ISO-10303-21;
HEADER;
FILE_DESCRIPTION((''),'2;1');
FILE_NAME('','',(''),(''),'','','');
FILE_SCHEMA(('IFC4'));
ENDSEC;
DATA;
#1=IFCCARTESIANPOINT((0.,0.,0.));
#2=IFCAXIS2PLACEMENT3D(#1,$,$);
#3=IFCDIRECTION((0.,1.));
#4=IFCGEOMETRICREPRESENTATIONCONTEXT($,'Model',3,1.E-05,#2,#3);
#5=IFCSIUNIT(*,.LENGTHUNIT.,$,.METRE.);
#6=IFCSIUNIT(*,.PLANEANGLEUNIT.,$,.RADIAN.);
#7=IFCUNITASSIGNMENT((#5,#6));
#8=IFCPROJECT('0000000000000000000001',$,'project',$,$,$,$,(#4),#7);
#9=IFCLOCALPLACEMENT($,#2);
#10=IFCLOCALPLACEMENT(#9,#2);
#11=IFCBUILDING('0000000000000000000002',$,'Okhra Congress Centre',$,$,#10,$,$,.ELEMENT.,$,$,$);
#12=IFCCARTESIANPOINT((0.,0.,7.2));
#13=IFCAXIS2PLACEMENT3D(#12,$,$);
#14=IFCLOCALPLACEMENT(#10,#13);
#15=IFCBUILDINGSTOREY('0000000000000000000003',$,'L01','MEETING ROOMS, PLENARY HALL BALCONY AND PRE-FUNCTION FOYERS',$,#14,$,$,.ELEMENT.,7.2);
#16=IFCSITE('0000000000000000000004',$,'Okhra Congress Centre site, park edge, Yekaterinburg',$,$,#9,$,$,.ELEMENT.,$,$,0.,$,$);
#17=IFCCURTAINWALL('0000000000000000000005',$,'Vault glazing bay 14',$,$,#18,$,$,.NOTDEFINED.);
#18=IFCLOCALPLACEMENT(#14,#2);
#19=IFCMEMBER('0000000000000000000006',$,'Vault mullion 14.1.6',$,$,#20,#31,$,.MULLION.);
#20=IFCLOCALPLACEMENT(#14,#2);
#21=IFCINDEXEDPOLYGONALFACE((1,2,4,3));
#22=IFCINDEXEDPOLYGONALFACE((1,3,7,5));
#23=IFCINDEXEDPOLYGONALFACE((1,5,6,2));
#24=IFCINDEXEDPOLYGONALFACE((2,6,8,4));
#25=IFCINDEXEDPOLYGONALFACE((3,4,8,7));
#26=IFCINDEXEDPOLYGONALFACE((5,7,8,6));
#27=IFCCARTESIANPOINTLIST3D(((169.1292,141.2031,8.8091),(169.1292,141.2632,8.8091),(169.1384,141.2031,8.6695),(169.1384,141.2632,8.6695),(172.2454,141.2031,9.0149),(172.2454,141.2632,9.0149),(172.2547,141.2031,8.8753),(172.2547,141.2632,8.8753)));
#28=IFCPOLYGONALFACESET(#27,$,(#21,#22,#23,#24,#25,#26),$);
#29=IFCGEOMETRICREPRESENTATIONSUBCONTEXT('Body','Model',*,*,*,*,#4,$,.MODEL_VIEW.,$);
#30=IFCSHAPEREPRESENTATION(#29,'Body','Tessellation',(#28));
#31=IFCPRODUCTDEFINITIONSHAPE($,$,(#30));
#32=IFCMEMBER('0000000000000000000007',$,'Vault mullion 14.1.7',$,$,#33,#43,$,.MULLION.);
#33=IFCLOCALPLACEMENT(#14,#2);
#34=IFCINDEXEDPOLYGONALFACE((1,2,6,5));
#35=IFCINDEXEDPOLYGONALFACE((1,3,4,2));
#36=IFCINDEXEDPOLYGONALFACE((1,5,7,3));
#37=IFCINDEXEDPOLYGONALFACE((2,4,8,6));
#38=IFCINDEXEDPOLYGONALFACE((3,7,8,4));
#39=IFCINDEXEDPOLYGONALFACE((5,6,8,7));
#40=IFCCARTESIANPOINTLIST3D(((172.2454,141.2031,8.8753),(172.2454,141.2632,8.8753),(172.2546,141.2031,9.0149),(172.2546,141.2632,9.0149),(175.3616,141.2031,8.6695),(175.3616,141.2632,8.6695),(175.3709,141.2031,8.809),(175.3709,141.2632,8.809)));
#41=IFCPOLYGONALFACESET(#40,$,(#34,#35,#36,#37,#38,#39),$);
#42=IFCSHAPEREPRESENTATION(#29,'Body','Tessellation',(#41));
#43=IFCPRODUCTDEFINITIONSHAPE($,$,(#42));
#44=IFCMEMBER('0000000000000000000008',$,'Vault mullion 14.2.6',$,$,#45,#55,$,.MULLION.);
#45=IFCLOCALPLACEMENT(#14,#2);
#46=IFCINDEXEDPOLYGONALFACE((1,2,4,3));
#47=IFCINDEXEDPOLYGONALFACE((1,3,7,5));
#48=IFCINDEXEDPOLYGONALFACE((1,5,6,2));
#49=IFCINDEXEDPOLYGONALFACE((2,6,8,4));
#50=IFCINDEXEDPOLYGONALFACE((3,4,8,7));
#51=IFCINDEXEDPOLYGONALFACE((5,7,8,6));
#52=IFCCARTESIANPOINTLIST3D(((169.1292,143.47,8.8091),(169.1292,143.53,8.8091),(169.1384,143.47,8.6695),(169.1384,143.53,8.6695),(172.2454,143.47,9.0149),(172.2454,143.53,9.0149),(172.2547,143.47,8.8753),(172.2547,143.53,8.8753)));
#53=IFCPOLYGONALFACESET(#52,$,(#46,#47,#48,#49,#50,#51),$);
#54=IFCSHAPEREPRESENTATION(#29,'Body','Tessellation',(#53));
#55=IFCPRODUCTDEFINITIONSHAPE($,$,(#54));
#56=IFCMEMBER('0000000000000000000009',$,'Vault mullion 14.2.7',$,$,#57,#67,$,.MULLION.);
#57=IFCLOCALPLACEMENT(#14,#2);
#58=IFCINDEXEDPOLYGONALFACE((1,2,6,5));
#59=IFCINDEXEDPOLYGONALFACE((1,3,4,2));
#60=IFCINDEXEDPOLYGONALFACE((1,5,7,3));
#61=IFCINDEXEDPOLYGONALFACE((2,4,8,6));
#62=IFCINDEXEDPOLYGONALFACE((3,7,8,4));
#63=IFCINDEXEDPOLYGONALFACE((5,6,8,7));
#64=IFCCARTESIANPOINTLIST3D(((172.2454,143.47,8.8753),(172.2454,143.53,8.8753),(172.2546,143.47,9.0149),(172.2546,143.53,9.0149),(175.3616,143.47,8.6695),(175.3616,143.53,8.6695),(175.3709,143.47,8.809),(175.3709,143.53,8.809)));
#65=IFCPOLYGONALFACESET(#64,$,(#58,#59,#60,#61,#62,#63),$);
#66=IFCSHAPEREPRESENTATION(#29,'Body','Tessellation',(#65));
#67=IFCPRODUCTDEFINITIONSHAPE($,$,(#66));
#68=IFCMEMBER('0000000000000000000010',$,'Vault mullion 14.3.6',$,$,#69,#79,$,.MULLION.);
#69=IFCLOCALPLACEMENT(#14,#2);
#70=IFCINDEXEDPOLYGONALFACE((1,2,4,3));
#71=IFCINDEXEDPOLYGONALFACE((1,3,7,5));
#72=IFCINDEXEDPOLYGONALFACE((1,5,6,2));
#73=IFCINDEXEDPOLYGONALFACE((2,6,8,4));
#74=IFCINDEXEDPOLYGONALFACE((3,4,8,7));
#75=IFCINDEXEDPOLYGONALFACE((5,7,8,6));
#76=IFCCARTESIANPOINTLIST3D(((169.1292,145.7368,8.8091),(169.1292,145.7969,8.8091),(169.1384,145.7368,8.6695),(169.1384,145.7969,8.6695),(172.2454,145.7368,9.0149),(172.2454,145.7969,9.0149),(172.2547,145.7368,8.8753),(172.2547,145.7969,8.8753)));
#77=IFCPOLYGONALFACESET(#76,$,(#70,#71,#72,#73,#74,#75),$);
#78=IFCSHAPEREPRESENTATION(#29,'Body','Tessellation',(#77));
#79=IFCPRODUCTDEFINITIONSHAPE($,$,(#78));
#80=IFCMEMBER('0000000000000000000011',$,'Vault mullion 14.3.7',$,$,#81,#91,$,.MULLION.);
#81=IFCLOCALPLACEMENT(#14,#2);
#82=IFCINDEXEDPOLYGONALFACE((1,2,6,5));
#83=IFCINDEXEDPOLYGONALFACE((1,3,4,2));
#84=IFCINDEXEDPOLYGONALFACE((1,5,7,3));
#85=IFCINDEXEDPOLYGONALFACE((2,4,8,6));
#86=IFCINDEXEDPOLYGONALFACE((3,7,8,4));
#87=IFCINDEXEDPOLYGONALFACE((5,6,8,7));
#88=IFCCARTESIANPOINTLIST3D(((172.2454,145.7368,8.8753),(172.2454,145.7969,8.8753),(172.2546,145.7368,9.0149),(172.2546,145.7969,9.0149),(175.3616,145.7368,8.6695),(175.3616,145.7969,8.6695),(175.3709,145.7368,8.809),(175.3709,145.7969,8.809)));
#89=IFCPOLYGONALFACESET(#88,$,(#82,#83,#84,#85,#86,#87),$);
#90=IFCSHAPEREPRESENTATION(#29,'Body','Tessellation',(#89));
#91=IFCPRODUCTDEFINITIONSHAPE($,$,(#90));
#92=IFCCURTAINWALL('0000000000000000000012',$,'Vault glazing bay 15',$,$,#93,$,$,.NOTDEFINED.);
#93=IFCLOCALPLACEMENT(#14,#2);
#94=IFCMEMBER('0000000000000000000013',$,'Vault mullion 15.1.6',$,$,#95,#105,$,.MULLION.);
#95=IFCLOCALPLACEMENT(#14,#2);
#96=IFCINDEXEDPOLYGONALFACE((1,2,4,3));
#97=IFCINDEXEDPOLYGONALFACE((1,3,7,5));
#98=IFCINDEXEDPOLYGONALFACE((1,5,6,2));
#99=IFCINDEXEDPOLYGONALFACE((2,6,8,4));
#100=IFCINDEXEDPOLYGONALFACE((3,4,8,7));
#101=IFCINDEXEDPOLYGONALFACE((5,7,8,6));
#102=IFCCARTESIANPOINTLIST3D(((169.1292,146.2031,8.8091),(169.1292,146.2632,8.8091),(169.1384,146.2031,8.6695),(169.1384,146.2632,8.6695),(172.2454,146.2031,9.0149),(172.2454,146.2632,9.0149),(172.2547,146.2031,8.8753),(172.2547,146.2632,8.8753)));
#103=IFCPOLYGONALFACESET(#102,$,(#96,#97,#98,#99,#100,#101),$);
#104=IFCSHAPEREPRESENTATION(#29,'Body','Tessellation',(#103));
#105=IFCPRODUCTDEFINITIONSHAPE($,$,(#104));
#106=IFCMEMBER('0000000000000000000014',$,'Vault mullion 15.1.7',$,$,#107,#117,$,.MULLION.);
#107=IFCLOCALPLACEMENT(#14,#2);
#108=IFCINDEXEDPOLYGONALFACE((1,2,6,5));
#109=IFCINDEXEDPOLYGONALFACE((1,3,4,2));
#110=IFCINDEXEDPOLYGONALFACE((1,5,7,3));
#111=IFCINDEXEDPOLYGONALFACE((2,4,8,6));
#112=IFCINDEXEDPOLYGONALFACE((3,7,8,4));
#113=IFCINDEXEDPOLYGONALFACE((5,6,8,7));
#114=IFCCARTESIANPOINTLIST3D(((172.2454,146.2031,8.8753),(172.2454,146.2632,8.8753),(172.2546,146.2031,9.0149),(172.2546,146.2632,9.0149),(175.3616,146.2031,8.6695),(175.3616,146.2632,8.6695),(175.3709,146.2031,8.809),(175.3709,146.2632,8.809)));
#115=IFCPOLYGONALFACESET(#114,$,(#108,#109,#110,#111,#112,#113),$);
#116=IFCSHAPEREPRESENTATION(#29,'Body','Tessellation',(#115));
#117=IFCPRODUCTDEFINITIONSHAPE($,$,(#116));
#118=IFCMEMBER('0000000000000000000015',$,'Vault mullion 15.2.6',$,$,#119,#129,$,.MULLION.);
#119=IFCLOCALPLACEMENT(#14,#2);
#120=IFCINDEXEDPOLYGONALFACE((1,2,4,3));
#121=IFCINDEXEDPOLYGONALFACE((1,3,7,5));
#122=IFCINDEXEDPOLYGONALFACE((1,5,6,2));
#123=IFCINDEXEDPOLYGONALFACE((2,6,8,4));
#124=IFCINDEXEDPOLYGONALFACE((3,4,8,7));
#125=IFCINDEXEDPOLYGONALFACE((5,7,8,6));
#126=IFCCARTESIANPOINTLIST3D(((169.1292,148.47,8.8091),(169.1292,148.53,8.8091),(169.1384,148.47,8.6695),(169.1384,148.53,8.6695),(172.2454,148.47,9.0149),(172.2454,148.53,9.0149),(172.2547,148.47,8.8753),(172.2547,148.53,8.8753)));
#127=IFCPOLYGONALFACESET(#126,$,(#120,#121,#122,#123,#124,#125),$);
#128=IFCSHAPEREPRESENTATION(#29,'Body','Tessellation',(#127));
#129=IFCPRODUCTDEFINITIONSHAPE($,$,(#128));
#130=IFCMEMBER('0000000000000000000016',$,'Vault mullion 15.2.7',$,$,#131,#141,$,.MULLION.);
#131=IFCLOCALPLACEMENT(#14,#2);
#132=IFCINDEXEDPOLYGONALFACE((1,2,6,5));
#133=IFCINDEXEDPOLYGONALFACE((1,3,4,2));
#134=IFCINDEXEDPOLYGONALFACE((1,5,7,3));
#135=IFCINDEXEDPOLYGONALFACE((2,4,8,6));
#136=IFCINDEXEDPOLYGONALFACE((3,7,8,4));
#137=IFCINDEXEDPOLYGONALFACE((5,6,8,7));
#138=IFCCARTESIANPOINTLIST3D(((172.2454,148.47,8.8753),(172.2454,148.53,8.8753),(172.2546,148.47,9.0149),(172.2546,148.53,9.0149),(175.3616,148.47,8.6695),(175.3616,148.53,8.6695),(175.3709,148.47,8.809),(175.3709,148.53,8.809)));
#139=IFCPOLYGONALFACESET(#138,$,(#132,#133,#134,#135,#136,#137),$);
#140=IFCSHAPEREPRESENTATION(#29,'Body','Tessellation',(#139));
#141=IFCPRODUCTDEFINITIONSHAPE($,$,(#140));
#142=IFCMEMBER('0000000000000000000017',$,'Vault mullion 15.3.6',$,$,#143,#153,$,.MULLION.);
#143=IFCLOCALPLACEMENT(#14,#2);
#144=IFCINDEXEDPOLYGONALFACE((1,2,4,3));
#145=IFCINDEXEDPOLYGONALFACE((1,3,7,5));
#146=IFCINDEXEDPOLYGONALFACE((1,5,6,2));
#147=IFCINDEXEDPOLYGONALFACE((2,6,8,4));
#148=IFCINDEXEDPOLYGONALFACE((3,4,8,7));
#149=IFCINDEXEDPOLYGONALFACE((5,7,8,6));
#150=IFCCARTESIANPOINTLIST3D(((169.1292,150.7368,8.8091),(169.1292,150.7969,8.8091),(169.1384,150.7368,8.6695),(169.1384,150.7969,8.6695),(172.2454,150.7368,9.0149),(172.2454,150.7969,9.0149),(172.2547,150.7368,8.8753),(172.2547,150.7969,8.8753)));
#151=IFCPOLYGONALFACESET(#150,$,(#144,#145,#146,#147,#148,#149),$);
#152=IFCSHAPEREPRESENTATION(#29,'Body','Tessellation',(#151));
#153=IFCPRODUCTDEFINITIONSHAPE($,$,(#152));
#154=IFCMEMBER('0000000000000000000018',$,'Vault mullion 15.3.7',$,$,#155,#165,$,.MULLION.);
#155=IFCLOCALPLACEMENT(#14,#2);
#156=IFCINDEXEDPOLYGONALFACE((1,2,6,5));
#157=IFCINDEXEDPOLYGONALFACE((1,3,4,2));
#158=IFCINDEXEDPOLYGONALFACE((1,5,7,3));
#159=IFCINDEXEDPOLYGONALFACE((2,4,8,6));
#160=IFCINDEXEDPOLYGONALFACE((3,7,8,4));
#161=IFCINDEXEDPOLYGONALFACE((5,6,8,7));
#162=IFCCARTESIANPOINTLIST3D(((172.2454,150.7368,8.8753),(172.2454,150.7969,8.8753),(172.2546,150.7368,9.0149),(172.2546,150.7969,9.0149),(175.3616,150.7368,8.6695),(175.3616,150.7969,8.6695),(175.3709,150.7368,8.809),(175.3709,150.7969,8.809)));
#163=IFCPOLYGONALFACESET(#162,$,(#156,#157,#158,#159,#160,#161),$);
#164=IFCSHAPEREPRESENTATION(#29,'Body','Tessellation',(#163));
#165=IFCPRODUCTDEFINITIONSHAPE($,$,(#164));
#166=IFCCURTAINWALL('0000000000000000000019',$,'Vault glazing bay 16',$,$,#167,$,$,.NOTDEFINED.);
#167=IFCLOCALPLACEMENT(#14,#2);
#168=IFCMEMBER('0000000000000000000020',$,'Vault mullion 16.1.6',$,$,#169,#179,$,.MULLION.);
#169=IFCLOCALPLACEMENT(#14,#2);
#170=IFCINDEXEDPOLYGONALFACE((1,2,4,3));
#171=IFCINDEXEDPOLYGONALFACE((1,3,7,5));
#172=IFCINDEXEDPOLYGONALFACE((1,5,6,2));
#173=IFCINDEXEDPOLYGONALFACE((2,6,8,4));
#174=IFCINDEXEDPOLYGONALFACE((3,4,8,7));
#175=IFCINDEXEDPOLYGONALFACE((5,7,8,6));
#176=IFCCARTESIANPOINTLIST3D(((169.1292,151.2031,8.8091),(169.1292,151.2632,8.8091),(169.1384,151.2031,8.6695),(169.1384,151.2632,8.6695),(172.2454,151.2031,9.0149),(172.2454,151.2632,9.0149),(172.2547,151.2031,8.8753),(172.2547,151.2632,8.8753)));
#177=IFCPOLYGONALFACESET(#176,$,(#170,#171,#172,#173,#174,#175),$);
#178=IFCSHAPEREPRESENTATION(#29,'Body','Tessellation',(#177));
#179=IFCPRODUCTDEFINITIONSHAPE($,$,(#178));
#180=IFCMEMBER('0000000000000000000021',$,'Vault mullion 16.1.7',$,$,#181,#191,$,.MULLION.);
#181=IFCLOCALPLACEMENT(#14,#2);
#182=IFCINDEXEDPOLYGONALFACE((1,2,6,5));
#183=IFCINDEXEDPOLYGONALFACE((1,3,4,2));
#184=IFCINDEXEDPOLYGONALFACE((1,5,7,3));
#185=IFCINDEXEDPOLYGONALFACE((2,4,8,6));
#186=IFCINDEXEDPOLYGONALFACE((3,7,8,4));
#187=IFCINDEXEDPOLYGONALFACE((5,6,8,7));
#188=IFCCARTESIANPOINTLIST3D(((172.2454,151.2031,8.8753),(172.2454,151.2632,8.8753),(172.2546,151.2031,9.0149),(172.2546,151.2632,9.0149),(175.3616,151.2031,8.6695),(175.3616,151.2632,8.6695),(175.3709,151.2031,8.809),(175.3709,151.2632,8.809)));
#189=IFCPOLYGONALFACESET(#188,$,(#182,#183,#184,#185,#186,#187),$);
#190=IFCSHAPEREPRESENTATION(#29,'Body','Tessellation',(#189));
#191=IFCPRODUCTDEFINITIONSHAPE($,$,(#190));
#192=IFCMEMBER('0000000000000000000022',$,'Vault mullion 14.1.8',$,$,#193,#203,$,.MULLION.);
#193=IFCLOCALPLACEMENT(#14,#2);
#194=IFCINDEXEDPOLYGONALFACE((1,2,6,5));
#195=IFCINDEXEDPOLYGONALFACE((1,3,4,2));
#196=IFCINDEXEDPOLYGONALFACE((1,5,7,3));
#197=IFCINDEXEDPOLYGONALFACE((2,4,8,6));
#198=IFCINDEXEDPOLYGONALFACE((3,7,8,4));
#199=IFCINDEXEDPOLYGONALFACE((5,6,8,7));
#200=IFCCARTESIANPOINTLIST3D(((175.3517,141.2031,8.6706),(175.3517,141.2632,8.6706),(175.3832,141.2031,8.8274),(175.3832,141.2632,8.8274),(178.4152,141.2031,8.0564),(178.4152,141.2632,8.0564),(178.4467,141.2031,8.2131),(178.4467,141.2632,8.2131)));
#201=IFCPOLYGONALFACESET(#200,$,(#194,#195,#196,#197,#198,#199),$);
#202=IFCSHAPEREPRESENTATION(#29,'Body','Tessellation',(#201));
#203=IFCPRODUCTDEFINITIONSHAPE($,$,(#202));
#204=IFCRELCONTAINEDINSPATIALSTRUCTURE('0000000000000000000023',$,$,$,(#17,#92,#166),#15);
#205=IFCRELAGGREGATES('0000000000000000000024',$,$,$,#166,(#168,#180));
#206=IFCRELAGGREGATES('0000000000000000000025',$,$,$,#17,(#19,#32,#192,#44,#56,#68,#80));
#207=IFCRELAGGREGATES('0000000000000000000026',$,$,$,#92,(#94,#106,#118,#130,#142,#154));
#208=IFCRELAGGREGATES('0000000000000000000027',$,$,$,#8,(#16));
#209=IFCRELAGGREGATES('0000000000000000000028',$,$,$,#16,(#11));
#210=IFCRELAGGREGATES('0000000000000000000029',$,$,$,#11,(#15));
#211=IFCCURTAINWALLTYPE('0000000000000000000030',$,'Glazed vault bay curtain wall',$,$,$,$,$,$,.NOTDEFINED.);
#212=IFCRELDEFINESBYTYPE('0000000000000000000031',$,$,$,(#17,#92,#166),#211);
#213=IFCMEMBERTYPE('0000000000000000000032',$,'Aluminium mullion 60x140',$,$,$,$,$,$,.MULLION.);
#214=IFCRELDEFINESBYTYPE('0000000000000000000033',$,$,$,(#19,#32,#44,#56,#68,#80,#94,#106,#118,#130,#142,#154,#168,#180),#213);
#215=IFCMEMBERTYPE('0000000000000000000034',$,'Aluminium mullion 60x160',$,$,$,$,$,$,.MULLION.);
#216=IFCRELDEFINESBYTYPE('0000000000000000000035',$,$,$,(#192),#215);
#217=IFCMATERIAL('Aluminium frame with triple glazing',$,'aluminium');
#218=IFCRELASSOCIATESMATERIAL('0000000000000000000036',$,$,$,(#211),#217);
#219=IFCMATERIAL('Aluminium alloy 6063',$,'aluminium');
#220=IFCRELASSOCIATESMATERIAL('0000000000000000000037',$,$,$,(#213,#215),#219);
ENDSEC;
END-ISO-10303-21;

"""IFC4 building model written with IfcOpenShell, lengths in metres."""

from ifc_helpers import new_model, si_unit, direction, frame, origin, origin_2d, place, context, subcontext, project, spatial, rectangle, extrude, material, material_profile, profile_set, type_object, element, aggregate, save


model = new_model("IFC4")

# Units and contexts
model_context = context("Model", 3, precision=1e-05, world=origin(), true_north=direction((0.0, 1.0)))
body_context = subcontext(model_context, "Body", "Model", "MODEL_VIEW")
ifc_project = project(units=[si_unit("LENGTHUNIT", "METRE"), si_unit("PLANEANGLEUNIT", "RADIAN")], contexts=[model_context])

# Site, building, storey
site_placement = place(None, origin())
site = spatial("IfcSite", under=ifc_project, at=site_placement, Name="Okhra Congress Centre site, park edge, Yekaterinburg", CompositionType="ELEMENT", RefElevation=0.0)
building_placement = place(site_placement, origin())
building = spatial("IfcBuilding", under=site, at=building_placement, Name="Okhra Congress Centre", CompositionType="ELEMENT")
storey_placement = place(building_placement, frame((0.0, 0.0, 7.2)))
storey = spatial("IfcBuildingStorey", under=building, at=storey_placement, Name="L01", Description="MEETING ROOMS, PLENARY HALL BALCONY AND PRE-FUNCTION FOYERS", CompositionType="ELEMENT", Elevation=7.2)

# Curtain walls, members
ifc_material_1 = material(Name="Aluminium frame with triple glazing", Category="aluminium")
curtain_wall_type = type_object("IfcCurtainWallType", Name="Glazed vault bay curtain wall", PredefinedType="NOTDEFINED", material=ifc_material_1)
curtain_wall_1_placement = place(storey_placement, origin())
curtain_wall_1 = element("IfcCurtainWall", 1, at=curtain_wall_1_placement, inside=storey, type_object=curtain_wall_type, Name="Vault glazing bay 14", PredefinedType="NOTDEFINED")
ifc_material_2 = material(Name="Aluminium alloy 6063", Category="aluminium")
ifc_material_profile_1 = material_profile(ifc_material_2, rectangle(XDim=0.0601, YDim=0.1399, at=origin_2d()), Name="AL 60x140")
ifc_profile_set_1 = profile_set([ifc_material_profile_1], Name="Aluminium alloy 6063")
member_type_1 = type_object("IfcMemberType", Name="Aluminium mullion 60x140", PredefinedType="MULLION", material=ifc_profile_set_1)
member_1_placement = place(storey_placement, frame((169.1338, 141.2332, 8.7393), z_axis=(0.997826, 0.0, 0.065902), x_axis=(0.0, 1.0, 0.0)))
member_1 = element("IfcMember", 2, at=member_1_placement, type_object=member_type_1, Name="Vault mullion 14.1.6", PredefinedType="MULLION", context=body_context, shape_type="SweptSolid", body=[
    extrude(rectangle(XDim=0.0601, YDim=0.1399, at=origin_2d()), origin(), (0.0, 0.0, 1.0), 3.123),
])
member_2_placement = place(storey_placement, frame((172.25, 141.2332, 8.9451), z_axis=(0.997826, 0.0, -0.065902), x_axis=(0.0, 1.0, 0.0)))
member_2 = element("IfcMember", 3, at=member_2_placement, type_object=member_type_1, Name="Vault mullion 14.1.7", PredefinedType="MULLION", context=body_context, shape_type="SweptSolid", body=[
    extrude(rectangle(XDim=0.0601, YDim=0.1399, at=origin_2d()), origin(), (0.0, 0.0, 1.0), 3.123),
])
member_3_placement = place(storey_placement, frame((169.1338, 143.5, 8.7393), z_axis=(0.997826, 0.0, 0.065902), x_axis=(0.0, 1.0, 0.0)))
member_3 = element("IfcMember", 4, at=member_3_placement, type_object=member_type_1, Name="Vault mullion 14.2.6", PredefinedType="MULLION", context=body_context, shape_type="SweptSolid", body=[
    extrude(rectangle(XDim=0.0601, YDim=0.1399, at=origin_2d()), origin(), (0.0, 0.0, 1.0), 3.123),
])
member_4_placement = place(storey_placement, frame((172.25, 143.5, 8.9451), z_axis=(0.997826, 0.0, -0.065902), x_axis=(0.0, 1.0, 0.0)))
member_4 = element("IfcMember", 5, at=member_4_placement, type_object=member_type_1, Name="Vault mullion 14.2.7", PredefinedType="MULLION", context=body_context, shape_type="SweptSolid", body=[
    extrude(rectangle(XDim=0.0601, YDim=0.1399, at=origin_2d()), origin(), (0.0, 0.0, 1.0), 3.123),
])
member_5_placement = place(storey_placement, frame((169.1338, 145.7668, 8.7393), z_axis=(0.997826, 0.0, 0.065902), x_axis=(0.0, 1.0, 0.0)))
member_5 = element("IfcMember", 6, at=member_5_placement, type_object=member_type_1, Name="Vault mullion 14.3.6", PredefinedType="MULLION", context=body_context, shape_type="SweptSolid", body=[
    extrude(rectangle(XDim=0.0601, YDim=0.1399, at=origin_2d()), origin(), (0.0, 0.0, 1.0), 3.123),
])
member_6_placement = place(storey_placement, frame((172.25, 145.7668, 8.9451), z_axis=(0.997826, 0.0, -0.065902), x_axis=(0.0, 1.0, 0.0)))
member_6 = element("IfcMember", 7, at=member_6_placement, type_object=member_type_1, Name="Vault mullion 14.3.7", PredefinedType="MULLION", context=body_context, shape_type="SweptSolid", body=[
    extrude(rectangle(XDim=0.0601, YDim=0.1399, at=origin_2d()), origin(), (0.0, 0.0, 1.0), 3.123),
])
curtain_wall_2_placement = place(storey_placement, origin())
curtain_wall_2 = element("IfcCurtainWall", 8, at=curtain_wall_2_placement, inside=storey, type_object=curtain_wall_type, Name="Vault glazing bay 15", PredefinedType="NOTDEFINED")
member_7_placement = place(storey_placement, frame((169.1338, 146.2332, 8.7393), z_axis=(0.997826, 0.0, 0.065902), x_axis=(0.0, 1.0, 0.0)))
member_7 = element("IfcMember", 9, at=member_7_placement, type_object=member_type_1, Name="Vault mullion 15.1.6", PredefinedType="MULLION", context=body_context, shape_type="SweptSolid", body=[
    extrude(rectangle(XDim=0.0601, YDim=0.1399, at=origin_2d()), origin(), (0.0, 0.0, 1.0), 3.123),
])
member_8_placement = place(storey_placement, frame((172.25, 146.2332, 8.9451), z_axis=(0.997826, 0.0, -0.065902), x_axis=(0.0, 1.0, 0.0)))
member_8 = element("IfcMember", 10, at=member_8_placement, type_object=member_type_1, Name="Vault mullion 15.1.7", PredefinedType="MULLION", context=body_context, shape_type="SweptSolid", body=[
    extrude(rectangle(XDim=0.0601, YDim=0.1399, at=origin_2d()), origin(), (0.0, 0.0, 1.0), 3.123),
])
member_9_placement = place(storey_placement, frame((169.1338, 148.5, 8.7393), z_axis=(0.997826, 0.0, 0.065902), x_axis=(0.0, 1.0, 0.0)))
member_9 = element("IfcMember", 11, at=member_9_placement, type_object=member_type_1, Name="Vault mullion 15.2.6", PredefinedType="MULLION", context=body_context, shape_type="SweptSolid", body=[
    extrude(rectangle(XDim=0.0601, YDim=0.1399, at=origin_2d()), origin(), (0.0, 0.0, 1.0), 3.123),
])
member_10_placement = place(storey_placement, frame((172.25, 148.5, 8.9451), z_axis=(0.997826, 0.0, -0.065902), x_axis=(0.0, 1.0, 0.0)))
member_10 = element("IfcMember", 12, at=member_10_placement, type_object=member_type_1, Name="Vault mullion 15.2.7", PredefinedType="MULLION", context=body_context, shape_type="SweptSolid", body=[
    extrude(rectangle(XDim=0.0601, YDim=0.1399, at=origin_2d()), origin(), (0.0, 0.0, 1.0), 3.123),
])
member_11_placement = place(storey_placement, frame((169.1338, 150.7668, 8.7393), z_axis=(0.997826, 0.0, 0.065902), x_axis=(0.0, 1.0, 0.0)))
member_11 = element("IfcMember", 13, at=member_11_placement, type_object=member_type_1, Name="Vault mullion 15.3.6", PredefinedType="MULLION", context=body_context, shape_type="SweptSolid", body=[
    extrude(rectangle(XDim=0.0601, YDim=0.1399, at=origin_2d()), origin(), (0.0, 0.0, 1.0), 3.123),
])
member_12_placement = place(storey_placement, frame((172.25, 150.7668, 8.9451), z_axis=(0.997826, 0.0, -0.065902), x_axis=(0.0, 1.0, 0.0)))
member_12 = element("IfcMember", 14, at=member_12_placement, type_object=member_type_1, Name="Vault mullion 15.3.7", PredefinedType="MULLION", context=body_context, shape_type="SweptSolid", body=[
    extrude(rectangle(XDim=0.0601, YDim=0.1399, at=origin_2d()), origin(), (0.0, 0.0, 1.0), 3.123),
])
curtain_wall_3_placement = place(storey_placement, origin())
curtain_wall_3 = element("IfcCurtainWall", 15, at=curtain_wall_3_placement, inside=storey, type_object=curtain_wall_type, Name="Vault glazing bay 16", PredefinedType="NOTDEFINED")
member_13_placement = place(storey_placement, frame((169.1338, 151.2332, 8.7393), z_axis=(0.997826, 0.0, 0.065902), x_axis=(0.0, 1.0, 0.0)))
member_13 = element("IfcMember", 16, at=member_13_placement, type_object=member_type_1, Name="Vault mullion 16.1.6", PredefinedType="MULLION", context=body_context, shape_type="SweptSolid", body=[
    extrude(rectangle(XDim=0.0601, YDim=0.1399, at=origin_2d()), origin(), (0.0, 0.0, 1.0), 3.123),
])
member_14_placement = place(storey_placement, frame((172.25, 151.2332, 8.9451), z_axis=(0.997826, 0.0, -0.065902), x_axis=(0.0, 1.0, 0.0)))
member_14 = element("IfcMember", 17, at=member_14_placement, type_object=member_type_1, Name="Vault mullion 16.1.7", PredefinedType="MULLION", context=body_context, shape_type="SweptSolid", body=[
    extrude(rectangle(XDim=0.0601, YDim=0.1399, at=origin_2d()), origin(), (0.0, 0.0, 1.0), 3.123),
])
aggregate(curtain_wall_3, [member_13, member_14])

# Member
ifc_material_profile_2 = material_profile(ifc_material_2, rectangle(XDim=0.0601, YDim=0.1599, at=origin_2d()), Name="AL 60x160")
ifc_profile_set_2 = profile_set([ifc_material_profile_2], Name="Aluminium alloy 6063")
member_type_2 = type_object("IfcMemberType", Name="Aluminium mullion 60x160", PredefinedType="MULLION", material=ifc_profile_set_2)
member_15_placement = place(storey_placement, frame((175.3674, 141.2332, 8.749), z_axis=(0.980484, 0.0, -0.196597), x_axis=(0.0, 1.0, 0.0)))
member_15 = element("IfcMember", 18, at=member_15_placement, type_object=member_type_2, Name="Vault mullion 14.1.8", PredefinedType="MULLION", context=body_context, shape_type="SweptSolid", body=[
    extrude(rectangle(XDim=0.0601, YDim=0.1599, at=origin_2d()), origin(), (0.0, 0.0, 1.0), 3.1245),
])

aggregate(curtain_wall_1, [member_1, member_2, member_15, member_3, member_4, member_5, member_6])
aggregate(curtain_wall_2, [member_7, member_8, member_9, member_10, member_11, member_12])

save(model, "model.ifc")
